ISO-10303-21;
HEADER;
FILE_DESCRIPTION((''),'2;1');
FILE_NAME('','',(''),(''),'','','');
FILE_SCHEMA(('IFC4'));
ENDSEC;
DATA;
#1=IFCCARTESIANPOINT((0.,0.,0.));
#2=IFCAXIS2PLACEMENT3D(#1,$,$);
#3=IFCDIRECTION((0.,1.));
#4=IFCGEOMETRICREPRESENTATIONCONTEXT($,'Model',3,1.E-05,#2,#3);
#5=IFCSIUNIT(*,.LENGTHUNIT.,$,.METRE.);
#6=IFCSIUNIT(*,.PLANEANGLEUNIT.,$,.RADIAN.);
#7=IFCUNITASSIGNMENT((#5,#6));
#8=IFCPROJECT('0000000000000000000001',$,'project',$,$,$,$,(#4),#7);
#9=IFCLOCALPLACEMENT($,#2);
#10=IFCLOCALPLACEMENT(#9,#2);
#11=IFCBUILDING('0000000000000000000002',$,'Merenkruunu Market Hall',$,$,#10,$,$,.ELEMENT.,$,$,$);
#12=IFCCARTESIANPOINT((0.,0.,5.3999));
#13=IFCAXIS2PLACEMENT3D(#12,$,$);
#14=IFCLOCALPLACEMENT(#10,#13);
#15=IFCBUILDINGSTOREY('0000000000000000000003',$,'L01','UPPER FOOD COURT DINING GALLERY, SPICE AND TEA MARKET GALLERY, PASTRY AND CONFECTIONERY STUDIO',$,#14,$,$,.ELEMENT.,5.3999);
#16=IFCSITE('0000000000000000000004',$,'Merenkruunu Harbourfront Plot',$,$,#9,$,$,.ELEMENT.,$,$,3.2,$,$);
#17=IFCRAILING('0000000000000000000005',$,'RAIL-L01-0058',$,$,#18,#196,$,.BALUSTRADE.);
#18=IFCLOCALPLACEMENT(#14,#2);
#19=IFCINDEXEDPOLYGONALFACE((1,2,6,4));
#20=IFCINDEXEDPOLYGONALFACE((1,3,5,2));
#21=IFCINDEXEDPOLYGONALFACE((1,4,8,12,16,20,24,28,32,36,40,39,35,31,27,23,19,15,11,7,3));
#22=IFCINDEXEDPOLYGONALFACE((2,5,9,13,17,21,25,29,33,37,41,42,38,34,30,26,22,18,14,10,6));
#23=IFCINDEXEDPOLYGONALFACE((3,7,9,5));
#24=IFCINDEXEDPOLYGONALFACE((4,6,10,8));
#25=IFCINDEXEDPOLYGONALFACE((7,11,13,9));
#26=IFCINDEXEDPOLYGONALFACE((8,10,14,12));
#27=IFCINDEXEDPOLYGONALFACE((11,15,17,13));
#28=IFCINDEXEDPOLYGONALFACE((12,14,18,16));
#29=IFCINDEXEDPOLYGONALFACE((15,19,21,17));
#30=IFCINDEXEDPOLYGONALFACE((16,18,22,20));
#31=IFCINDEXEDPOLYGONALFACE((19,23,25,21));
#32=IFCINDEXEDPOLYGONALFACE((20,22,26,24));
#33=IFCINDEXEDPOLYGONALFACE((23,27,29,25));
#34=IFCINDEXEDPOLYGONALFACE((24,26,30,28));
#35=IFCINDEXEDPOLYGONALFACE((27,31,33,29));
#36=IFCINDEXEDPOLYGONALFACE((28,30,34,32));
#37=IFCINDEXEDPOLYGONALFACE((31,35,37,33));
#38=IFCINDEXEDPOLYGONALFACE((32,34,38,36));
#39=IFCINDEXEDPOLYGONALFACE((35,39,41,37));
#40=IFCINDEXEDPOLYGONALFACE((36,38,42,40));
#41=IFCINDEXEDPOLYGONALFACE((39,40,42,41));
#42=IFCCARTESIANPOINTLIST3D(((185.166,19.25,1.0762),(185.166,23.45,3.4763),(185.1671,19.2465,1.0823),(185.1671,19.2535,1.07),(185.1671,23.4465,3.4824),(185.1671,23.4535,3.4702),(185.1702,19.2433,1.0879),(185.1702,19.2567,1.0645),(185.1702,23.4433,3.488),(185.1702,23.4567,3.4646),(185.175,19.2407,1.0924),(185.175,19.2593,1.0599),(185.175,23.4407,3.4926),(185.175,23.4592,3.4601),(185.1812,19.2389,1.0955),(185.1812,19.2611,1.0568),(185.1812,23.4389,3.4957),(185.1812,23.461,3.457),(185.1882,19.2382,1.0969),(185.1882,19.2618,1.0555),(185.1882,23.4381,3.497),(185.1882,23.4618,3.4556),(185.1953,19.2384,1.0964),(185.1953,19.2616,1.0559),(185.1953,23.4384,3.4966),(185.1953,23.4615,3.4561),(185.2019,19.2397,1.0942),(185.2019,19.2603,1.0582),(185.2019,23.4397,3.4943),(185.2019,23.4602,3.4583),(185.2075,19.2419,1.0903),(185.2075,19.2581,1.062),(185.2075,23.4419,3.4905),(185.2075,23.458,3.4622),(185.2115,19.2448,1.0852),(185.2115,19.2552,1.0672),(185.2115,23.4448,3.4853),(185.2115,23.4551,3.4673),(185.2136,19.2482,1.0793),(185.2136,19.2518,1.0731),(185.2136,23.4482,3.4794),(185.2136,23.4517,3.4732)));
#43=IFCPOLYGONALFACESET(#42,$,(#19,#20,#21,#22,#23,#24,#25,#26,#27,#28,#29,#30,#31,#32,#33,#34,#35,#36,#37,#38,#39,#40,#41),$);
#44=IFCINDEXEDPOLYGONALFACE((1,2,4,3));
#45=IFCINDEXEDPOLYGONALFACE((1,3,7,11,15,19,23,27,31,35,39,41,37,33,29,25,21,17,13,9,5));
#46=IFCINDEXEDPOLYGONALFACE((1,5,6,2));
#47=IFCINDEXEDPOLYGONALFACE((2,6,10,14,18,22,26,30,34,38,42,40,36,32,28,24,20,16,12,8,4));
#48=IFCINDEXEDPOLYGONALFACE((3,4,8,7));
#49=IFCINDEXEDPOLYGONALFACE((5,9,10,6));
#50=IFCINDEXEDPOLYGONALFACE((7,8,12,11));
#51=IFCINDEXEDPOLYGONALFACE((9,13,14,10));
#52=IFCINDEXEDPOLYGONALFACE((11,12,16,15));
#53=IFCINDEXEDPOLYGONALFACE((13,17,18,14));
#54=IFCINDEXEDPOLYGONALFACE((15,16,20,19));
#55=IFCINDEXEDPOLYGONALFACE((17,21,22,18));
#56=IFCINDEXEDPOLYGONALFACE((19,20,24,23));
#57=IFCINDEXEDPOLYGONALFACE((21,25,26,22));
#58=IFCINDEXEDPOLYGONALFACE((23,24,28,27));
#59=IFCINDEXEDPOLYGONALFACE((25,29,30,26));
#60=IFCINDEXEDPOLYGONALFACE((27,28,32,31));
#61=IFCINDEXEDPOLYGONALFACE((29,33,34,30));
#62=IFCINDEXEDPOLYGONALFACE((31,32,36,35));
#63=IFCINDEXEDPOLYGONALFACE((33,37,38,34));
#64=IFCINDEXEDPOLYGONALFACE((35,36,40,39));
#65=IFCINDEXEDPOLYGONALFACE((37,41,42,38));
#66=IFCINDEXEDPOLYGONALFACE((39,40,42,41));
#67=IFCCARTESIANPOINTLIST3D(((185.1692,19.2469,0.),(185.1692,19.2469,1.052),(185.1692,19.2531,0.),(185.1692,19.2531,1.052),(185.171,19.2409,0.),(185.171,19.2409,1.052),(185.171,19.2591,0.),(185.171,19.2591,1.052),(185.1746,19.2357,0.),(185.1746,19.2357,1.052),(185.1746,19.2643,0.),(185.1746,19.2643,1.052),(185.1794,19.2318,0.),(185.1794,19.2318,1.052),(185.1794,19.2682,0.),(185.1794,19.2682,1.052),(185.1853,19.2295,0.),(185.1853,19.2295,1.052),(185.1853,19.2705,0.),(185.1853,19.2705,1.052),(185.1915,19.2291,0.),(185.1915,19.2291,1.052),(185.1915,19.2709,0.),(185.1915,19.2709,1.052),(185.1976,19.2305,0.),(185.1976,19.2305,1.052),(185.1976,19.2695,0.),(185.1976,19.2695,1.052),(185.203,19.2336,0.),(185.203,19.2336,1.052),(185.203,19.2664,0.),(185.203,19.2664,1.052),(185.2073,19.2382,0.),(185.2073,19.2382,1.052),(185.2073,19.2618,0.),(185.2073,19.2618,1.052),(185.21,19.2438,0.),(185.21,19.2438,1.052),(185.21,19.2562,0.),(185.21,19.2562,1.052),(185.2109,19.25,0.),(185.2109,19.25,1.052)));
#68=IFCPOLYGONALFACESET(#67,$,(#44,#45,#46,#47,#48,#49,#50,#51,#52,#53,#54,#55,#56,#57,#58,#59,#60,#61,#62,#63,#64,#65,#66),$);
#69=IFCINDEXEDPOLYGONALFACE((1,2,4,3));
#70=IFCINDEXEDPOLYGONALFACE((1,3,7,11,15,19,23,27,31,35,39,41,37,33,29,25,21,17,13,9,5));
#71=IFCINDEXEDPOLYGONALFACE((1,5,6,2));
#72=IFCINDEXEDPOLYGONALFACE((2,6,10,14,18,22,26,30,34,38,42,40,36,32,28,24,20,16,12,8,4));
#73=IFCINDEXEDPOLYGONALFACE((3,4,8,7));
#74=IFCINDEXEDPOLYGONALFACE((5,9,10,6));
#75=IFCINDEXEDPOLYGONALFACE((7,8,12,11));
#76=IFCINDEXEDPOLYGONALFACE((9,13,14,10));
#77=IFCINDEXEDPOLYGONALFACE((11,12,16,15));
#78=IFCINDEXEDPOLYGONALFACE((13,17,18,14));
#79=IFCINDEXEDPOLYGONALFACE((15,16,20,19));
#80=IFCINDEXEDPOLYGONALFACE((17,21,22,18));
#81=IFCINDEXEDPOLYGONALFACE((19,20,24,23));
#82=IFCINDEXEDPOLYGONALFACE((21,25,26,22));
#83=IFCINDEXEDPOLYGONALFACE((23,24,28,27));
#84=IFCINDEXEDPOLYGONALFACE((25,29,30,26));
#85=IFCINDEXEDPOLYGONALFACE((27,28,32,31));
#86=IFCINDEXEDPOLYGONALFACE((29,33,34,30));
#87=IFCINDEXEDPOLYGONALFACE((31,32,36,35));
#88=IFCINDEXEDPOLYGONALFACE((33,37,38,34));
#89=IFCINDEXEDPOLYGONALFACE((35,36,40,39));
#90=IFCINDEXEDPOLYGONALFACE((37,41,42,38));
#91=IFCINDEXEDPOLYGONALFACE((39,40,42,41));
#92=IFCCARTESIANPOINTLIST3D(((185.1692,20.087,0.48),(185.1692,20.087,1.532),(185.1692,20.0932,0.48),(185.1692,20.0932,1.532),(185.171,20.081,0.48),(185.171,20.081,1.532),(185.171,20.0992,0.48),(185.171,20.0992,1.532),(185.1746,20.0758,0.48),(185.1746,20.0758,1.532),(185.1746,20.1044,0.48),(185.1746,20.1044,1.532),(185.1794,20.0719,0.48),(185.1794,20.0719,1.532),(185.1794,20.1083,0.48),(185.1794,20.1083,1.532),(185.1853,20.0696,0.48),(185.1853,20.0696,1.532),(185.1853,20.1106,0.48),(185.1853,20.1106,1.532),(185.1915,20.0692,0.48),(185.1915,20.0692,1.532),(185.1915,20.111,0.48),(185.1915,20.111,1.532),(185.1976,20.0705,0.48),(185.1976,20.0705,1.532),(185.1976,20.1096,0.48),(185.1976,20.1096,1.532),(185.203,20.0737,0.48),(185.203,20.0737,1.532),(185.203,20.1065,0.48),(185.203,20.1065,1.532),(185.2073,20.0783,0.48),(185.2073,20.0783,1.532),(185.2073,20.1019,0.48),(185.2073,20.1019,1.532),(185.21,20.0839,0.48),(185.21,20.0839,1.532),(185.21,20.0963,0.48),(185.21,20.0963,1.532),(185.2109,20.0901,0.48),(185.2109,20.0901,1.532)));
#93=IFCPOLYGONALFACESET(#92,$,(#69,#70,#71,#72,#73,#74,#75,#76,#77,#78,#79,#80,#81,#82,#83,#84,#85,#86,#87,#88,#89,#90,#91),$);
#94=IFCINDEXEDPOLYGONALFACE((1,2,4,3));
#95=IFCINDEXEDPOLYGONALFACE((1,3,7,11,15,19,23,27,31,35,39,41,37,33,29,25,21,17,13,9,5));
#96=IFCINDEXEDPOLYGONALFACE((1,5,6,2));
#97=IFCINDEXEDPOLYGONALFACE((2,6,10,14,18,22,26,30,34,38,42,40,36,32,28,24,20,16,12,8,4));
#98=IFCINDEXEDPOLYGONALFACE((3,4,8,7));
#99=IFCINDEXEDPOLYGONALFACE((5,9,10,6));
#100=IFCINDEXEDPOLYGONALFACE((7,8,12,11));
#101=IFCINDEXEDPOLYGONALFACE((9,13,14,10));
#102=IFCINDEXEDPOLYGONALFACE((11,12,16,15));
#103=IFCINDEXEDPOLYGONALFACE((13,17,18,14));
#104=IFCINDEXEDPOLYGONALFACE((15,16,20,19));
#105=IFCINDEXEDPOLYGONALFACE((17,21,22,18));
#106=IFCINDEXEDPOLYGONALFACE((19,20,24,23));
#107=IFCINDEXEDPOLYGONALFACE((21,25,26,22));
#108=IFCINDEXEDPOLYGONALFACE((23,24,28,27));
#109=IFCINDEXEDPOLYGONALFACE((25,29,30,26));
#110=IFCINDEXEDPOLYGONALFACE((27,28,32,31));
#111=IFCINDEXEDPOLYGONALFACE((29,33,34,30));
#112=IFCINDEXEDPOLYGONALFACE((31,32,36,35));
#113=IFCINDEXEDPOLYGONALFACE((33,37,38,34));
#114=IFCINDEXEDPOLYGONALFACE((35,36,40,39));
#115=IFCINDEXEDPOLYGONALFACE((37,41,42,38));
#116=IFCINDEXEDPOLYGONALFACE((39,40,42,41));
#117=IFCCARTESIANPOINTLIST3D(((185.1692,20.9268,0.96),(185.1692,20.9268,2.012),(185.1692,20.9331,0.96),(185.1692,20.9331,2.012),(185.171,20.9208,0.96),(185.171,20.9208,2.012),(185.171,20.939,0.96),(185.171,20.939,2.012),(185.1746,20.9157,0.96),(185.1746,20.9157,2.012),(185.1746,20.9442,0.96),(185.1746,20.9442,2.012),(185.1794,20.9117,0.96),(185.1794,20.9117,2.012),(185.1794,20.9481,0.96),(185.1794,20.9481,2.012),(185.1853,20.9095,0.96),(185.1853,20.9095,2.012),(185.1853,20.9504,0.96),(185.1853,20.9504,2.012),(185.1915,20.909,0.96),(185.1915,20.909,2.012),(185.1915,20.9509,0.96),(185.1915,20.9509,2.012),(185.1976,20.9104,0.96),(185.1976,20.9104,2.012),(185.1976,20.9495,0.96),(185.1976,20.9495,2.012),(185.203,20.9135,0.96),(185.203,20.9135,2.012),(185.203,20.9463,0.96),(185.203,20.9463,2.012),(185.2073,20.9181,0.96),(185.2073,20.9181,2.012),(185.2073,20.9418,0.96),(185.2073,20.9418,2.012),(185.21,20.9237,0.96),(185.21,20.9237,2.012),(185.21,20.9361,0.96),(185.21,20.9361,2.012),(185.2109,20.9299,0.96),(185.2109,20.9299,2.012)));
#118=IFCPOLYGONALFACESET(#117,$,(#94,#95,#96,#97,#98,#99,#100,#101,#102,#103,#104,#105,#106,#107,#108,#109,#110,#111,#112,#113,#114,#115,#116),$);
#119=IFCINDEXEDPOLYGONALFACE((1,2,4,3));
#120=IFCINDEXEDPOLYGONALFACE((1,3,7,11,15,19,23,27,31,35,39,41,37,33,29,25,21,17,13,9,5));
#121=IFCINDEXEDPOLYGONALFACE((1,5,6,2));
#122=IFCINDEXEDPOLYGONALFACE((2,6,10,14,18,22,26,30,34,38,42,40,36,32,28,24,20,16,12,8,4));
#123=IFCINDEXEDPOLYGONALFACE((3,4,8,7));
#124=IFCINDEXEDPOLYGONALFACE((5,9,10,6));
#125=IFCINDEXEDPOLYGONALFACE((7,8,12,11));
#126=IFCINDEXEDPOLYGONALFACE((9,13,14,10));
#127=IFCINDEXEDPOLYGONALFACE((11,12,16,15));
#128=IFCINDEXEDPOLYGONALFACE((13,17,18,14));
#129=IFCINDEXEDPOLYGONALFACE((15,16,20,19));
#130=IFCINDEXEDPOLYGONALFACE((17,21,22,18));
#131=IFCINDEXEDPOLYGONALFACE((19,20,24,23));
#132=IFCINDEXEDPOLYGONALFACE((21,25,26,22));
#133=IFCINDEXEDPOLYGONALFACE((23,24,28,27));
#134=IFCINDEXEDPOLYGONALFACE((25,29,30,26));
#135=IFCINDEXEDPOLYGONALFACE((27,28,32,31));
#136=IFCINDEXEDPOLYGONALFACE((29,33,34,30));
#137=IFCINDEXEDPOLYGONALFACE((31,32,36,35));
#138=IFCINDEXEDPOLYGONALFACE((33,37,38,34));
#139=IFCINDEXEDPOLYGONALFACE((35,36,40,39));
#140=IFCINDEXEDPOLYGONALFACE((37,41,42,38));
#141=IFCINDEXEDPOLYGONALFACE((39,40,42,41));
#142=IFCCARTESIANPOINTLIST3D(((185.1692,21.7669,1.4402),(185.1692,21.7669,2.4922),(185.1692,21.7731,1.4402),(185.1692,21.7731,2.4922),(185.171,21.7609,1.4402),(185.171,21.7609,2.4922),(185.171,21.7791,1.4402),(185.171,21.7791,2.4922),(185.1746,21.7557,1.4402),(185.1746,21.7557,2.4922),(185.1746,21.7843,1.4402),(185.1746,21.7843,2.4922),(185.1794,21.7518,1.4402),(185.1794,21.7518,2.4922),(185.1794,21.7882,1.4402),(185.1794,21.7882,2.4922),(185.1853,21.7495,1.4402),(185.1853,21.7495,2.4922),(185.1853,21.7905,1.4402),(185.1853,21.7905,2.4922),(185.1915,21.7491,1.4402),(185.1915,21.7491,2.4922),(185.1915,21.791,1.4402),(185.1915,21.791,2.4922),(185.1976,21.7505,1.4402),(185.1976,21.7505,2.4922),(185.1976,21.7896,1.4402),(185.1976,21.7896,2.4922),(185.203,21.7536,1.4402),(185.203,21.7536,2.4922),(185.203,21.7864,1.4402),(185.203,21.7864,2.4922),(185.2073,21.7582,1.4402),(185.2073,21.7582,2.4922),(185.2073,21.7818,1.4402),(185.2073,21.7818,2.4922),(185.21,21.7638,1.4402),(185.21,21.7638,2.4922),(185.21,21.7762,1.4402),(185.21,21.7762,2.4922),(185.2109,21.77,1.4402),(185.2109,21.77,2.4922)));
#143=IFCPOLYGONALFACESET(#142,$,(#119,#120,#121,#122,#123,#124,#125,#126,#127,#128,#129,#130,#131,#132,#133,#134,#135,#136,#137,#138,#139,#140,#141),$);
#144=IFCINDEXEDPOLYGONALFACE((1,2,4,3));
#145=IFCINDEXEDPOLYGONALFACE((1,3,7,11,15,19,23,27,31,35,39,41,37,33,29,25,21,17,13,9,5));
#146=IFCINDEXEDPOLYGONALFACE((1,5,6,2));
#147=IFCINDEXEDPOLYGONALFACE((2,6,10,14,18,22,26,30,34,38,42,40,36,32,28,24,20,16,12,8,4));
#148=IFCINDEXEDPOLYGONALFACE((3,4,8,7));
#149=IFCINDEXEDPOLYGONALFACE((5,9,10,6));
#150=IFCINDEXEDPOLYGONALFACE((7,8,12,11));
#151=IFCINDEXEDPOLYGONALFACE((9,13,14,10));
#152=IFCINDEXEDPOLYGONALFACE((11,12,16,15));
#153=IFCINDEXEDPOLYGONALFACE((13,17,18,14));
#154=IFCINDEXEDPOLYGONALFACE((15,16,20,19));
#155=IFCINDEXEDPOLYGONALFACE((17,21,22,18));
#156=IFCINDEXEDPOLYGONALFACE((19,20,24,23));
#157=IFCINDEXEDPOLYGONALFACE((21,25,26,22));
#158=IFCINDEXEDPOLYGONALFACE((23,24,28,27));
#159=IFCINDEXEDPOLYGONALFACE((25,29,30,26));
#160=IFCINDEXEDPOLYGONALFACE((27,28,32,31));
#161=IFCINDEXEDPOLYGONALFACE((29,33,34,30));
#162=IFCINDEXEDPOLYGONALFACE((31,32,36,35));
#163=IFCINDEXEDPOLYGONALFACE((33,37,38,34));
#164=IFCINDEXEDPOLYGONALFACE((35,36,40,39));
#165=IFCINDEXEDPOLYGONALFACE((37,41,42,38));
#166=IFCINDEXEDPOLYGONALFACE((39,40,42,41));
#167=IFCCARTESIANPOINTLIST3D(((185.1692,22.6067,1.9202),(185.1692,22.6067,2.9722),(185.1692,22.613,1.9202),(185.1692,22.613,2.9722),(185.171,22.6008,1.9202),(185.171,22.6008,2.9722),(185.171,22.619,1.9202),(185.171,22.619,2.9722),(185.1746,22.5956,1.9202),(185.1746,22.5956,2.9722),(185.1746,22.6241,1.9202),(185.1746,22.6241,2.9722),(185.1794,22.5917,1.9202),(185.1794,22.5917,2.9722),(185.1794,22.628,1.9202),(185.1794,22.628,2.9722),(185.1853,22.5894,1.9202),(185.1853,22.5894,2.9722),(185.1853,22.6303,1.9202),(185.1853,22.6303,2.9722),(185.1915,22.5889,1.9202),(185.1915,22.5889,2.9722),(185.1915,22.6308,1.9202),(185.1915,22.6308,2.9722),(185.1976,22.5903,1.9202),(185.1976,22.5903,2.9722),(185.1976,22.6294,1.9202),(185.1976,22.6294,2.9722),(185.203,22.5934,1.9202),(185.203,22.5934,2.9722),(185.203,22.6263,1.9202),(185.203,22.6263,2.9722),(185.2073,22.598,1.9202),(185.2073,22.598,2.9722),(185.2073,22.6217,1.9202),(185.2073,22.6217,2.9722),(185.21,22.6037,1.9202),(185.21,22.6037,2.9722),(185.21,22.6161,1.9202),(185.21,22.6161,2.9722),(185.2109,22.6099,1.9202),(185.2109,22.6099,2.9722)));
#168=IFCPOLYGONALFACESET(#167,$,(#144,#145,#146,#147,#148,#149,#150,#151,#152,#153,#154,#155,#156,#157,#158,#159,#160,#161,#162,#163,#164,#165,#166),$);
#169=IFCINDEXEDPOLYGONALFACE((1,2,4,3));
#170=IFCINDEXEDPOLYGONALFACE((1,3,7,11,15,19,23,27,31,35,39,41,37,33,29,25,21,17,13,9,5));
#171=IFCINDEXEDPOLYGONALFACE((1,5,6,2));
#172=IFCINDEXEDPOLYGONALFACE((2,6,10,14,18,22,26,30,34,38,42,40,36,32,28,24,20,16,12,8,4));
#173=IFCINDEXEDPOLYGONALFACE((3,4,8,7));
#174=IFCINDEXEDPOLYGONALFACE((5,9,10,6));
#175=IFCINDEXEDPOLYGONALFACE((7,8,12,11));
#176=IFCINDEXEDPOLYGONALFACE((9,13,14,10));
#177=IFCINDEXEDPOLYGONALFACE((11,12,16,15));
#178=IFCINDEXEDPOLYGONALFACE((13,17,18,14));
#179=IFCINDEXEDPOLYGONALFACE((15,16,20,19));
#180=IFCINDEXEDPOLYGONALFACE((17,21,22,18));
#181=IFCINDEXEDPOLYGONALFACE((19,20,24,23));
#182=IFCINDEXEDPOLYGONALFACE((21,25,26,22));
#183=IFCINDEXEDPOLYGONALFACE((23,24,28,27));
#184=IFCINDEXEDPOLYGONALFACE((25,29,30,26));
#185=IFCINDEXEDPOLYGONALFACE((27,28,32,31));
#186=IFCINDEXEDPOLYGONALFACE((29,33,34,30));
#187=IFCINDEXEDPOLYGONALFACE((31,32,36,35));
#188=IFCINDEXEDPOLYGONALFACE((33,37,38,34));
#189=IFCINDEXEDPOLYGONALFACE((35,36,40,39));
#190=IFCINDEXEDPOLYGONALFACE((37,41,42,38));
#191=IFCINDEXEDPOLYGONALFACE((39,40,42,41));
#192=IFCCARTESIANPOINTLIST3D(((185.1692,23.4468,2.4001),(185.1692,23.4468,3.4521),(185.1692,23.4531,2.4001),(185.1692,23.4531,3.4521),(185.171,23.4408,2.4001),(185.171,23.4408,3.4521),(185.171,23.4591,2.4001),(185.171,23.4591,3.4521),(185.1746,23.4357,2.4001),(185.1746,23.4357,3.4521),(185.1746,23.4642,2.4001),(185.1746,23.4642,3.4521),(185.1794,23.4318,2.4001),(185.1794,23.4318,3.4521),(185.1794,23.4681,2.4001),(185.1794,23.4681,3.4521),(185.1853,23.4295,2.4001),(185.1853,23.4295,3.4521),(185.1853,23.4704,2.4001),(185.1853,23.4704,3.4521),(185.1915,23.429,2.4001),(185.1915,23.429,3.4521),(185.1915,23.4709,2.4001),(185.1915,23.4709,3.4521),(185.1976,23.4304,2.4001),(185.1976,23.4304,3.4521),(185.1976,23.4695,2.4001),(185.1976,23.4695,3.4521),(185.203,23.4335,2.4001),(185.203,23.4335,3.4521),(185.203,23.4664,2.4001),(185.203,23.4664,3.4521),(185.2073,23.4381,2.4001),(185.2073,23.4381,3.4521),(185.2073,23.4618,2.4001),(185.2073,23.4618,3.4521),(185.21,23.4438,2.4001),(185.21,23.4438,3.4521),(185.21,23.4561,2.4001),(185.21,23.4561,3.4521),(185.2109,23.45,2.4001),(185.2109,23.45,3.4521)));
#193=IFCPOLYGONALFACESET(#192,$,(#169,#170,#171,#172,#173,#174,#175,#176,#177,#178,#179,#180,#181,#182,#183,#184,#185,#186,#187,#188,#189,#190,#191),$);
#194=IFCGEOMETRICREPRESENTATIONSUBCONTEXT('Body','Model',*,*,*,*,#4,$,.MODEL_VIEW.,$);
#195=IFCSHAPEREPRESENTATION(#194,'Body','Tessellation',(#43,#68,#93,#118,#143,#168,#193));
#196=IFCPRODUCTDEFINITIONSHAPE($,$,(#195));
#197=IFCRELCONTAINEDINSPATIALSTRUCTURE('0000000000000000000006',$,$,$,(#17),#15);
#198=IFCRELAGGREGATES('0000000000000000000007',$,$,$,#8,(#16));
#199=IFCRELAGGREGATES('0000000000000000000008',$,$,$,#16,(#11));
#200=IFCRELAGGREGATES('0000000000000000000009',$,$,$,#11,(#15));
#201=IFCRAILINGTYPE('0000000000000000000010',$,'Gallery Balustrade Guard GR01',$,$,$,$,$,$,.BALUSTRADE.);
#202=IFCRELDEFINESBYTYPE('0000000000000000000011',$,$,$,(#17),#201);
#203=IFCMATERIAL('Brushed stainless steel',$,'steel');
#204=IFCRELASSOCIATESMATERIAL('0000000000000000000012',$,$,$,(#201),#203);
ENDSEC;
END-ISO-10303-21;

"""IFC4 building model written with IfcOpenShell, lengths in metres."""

from ifc_helpers import new_model, si_unit, direction, frame, origin, origin_2d, place, context, subcontext, project, spatial, circle, extrude, material, type_object, element, save


model = new_model("IFC4")

# Units and contexts
model_context = context("Model", 3, precision=1e-05, world=origin(), true_north=direction((0.0, 1.0)))
body_context = subcontext(model_context, "Body", "Model", "MODEL_VIEW")
ifc_project = project(units=[si_unit("LENGTHUNIT", "METRE"), si_unit("PLANEANGLEUNIT", "RADIAN")], contexts=[model_context])

# Site, building, storey
site_placement = place(None, origin())
site = spatial("IfcSite", under=ifc_project, at=site_placement, Name="Merenkruunu Harbourfront Plot", CompositionType="ELEMENT", RefElevation=3.2)
building_placement = place(site_placement, origin())
building = spatial("IfcBuilding", under=site, at=building_placement, Name="Merenkruunu Market Hall", CompositionType="ELEMENT")
storey_placement = place(building_placement, frame((0.0, 0.0, 5.3999)))
storey = spatial("IfcBuildingStorey", under=building, at=storey_placement, Name="L01", Description="UPPER FOOD COURT DINING GALLERY, SPICE AND TEA MARKET GALLERY, PASTRY AND CONFECTIONERY STUDIO", CompositionType="ELEMENT", Elevation=5.3999)

# Shared definitions
ifc_material_1 = material(Name="Brushed stainless steel", Category="steel")

# Railing
railing_type_1 = type_object("IfcRailingType", Name="Gallery Balustrade Guard GR01", PredefinedType="BALUSTRADE", material=ifc_material_1)
railing_1_placement = place(storey_placement, frame((185.1899, 19.25, 0.0)))
element("IfcRailing", 1, at=railing_1_placement, inside=storey, type_object=railing_type_1, Name="RAIL-L01-0058", PredefinedType="BALUSTRADE", context=body_context, shape_type="SweptSolid", body=[
    extrude(circle(Radius=0.0239, at=origin_2d()), frame((0.0, 0.0, 1.0762), z_axis=(0.0, 0.868228, 0.496166), x_axis=(-1.0, 0.0, 0.0)), (0.0, 0.0, 1.0), 4.8374),
    extrude(circle(Radius=0.021, at=origin_2d()), origin(), (0.0, 0.0, 1.0), 1.052),
    extrude(circle(Radius=0.021, at=origin_2d()), frame((0.0, 0.8401, 0.48)), (0.0, 0.0, 1.0), 1.052),
    extrude(circle(Radius=0.021, at=origin_2d()), frame((0.0, 1.6799, 0.96)), (0.0, 0.0, 1.0), 1.052),
    extrude(circle(Radius=0.021, at=origin_2d()), frame((0.0, 2.52, 1.4402)), (0.0, 0.0, 1.0), 1.052),
    extrude(circle(Radius=0.021, at=origin_2d()), frame((0.0, 3.3599, 1.9202)), (0.0, 0.0, 1.0), 1.052),
    extrude(circle(Radius=0.021, at=origin_2d()), frame((0.0, 4.2, 2.4001)), (0.0, 0.0, 1.0), 1.052),
])

save(model, "model.ifc")
